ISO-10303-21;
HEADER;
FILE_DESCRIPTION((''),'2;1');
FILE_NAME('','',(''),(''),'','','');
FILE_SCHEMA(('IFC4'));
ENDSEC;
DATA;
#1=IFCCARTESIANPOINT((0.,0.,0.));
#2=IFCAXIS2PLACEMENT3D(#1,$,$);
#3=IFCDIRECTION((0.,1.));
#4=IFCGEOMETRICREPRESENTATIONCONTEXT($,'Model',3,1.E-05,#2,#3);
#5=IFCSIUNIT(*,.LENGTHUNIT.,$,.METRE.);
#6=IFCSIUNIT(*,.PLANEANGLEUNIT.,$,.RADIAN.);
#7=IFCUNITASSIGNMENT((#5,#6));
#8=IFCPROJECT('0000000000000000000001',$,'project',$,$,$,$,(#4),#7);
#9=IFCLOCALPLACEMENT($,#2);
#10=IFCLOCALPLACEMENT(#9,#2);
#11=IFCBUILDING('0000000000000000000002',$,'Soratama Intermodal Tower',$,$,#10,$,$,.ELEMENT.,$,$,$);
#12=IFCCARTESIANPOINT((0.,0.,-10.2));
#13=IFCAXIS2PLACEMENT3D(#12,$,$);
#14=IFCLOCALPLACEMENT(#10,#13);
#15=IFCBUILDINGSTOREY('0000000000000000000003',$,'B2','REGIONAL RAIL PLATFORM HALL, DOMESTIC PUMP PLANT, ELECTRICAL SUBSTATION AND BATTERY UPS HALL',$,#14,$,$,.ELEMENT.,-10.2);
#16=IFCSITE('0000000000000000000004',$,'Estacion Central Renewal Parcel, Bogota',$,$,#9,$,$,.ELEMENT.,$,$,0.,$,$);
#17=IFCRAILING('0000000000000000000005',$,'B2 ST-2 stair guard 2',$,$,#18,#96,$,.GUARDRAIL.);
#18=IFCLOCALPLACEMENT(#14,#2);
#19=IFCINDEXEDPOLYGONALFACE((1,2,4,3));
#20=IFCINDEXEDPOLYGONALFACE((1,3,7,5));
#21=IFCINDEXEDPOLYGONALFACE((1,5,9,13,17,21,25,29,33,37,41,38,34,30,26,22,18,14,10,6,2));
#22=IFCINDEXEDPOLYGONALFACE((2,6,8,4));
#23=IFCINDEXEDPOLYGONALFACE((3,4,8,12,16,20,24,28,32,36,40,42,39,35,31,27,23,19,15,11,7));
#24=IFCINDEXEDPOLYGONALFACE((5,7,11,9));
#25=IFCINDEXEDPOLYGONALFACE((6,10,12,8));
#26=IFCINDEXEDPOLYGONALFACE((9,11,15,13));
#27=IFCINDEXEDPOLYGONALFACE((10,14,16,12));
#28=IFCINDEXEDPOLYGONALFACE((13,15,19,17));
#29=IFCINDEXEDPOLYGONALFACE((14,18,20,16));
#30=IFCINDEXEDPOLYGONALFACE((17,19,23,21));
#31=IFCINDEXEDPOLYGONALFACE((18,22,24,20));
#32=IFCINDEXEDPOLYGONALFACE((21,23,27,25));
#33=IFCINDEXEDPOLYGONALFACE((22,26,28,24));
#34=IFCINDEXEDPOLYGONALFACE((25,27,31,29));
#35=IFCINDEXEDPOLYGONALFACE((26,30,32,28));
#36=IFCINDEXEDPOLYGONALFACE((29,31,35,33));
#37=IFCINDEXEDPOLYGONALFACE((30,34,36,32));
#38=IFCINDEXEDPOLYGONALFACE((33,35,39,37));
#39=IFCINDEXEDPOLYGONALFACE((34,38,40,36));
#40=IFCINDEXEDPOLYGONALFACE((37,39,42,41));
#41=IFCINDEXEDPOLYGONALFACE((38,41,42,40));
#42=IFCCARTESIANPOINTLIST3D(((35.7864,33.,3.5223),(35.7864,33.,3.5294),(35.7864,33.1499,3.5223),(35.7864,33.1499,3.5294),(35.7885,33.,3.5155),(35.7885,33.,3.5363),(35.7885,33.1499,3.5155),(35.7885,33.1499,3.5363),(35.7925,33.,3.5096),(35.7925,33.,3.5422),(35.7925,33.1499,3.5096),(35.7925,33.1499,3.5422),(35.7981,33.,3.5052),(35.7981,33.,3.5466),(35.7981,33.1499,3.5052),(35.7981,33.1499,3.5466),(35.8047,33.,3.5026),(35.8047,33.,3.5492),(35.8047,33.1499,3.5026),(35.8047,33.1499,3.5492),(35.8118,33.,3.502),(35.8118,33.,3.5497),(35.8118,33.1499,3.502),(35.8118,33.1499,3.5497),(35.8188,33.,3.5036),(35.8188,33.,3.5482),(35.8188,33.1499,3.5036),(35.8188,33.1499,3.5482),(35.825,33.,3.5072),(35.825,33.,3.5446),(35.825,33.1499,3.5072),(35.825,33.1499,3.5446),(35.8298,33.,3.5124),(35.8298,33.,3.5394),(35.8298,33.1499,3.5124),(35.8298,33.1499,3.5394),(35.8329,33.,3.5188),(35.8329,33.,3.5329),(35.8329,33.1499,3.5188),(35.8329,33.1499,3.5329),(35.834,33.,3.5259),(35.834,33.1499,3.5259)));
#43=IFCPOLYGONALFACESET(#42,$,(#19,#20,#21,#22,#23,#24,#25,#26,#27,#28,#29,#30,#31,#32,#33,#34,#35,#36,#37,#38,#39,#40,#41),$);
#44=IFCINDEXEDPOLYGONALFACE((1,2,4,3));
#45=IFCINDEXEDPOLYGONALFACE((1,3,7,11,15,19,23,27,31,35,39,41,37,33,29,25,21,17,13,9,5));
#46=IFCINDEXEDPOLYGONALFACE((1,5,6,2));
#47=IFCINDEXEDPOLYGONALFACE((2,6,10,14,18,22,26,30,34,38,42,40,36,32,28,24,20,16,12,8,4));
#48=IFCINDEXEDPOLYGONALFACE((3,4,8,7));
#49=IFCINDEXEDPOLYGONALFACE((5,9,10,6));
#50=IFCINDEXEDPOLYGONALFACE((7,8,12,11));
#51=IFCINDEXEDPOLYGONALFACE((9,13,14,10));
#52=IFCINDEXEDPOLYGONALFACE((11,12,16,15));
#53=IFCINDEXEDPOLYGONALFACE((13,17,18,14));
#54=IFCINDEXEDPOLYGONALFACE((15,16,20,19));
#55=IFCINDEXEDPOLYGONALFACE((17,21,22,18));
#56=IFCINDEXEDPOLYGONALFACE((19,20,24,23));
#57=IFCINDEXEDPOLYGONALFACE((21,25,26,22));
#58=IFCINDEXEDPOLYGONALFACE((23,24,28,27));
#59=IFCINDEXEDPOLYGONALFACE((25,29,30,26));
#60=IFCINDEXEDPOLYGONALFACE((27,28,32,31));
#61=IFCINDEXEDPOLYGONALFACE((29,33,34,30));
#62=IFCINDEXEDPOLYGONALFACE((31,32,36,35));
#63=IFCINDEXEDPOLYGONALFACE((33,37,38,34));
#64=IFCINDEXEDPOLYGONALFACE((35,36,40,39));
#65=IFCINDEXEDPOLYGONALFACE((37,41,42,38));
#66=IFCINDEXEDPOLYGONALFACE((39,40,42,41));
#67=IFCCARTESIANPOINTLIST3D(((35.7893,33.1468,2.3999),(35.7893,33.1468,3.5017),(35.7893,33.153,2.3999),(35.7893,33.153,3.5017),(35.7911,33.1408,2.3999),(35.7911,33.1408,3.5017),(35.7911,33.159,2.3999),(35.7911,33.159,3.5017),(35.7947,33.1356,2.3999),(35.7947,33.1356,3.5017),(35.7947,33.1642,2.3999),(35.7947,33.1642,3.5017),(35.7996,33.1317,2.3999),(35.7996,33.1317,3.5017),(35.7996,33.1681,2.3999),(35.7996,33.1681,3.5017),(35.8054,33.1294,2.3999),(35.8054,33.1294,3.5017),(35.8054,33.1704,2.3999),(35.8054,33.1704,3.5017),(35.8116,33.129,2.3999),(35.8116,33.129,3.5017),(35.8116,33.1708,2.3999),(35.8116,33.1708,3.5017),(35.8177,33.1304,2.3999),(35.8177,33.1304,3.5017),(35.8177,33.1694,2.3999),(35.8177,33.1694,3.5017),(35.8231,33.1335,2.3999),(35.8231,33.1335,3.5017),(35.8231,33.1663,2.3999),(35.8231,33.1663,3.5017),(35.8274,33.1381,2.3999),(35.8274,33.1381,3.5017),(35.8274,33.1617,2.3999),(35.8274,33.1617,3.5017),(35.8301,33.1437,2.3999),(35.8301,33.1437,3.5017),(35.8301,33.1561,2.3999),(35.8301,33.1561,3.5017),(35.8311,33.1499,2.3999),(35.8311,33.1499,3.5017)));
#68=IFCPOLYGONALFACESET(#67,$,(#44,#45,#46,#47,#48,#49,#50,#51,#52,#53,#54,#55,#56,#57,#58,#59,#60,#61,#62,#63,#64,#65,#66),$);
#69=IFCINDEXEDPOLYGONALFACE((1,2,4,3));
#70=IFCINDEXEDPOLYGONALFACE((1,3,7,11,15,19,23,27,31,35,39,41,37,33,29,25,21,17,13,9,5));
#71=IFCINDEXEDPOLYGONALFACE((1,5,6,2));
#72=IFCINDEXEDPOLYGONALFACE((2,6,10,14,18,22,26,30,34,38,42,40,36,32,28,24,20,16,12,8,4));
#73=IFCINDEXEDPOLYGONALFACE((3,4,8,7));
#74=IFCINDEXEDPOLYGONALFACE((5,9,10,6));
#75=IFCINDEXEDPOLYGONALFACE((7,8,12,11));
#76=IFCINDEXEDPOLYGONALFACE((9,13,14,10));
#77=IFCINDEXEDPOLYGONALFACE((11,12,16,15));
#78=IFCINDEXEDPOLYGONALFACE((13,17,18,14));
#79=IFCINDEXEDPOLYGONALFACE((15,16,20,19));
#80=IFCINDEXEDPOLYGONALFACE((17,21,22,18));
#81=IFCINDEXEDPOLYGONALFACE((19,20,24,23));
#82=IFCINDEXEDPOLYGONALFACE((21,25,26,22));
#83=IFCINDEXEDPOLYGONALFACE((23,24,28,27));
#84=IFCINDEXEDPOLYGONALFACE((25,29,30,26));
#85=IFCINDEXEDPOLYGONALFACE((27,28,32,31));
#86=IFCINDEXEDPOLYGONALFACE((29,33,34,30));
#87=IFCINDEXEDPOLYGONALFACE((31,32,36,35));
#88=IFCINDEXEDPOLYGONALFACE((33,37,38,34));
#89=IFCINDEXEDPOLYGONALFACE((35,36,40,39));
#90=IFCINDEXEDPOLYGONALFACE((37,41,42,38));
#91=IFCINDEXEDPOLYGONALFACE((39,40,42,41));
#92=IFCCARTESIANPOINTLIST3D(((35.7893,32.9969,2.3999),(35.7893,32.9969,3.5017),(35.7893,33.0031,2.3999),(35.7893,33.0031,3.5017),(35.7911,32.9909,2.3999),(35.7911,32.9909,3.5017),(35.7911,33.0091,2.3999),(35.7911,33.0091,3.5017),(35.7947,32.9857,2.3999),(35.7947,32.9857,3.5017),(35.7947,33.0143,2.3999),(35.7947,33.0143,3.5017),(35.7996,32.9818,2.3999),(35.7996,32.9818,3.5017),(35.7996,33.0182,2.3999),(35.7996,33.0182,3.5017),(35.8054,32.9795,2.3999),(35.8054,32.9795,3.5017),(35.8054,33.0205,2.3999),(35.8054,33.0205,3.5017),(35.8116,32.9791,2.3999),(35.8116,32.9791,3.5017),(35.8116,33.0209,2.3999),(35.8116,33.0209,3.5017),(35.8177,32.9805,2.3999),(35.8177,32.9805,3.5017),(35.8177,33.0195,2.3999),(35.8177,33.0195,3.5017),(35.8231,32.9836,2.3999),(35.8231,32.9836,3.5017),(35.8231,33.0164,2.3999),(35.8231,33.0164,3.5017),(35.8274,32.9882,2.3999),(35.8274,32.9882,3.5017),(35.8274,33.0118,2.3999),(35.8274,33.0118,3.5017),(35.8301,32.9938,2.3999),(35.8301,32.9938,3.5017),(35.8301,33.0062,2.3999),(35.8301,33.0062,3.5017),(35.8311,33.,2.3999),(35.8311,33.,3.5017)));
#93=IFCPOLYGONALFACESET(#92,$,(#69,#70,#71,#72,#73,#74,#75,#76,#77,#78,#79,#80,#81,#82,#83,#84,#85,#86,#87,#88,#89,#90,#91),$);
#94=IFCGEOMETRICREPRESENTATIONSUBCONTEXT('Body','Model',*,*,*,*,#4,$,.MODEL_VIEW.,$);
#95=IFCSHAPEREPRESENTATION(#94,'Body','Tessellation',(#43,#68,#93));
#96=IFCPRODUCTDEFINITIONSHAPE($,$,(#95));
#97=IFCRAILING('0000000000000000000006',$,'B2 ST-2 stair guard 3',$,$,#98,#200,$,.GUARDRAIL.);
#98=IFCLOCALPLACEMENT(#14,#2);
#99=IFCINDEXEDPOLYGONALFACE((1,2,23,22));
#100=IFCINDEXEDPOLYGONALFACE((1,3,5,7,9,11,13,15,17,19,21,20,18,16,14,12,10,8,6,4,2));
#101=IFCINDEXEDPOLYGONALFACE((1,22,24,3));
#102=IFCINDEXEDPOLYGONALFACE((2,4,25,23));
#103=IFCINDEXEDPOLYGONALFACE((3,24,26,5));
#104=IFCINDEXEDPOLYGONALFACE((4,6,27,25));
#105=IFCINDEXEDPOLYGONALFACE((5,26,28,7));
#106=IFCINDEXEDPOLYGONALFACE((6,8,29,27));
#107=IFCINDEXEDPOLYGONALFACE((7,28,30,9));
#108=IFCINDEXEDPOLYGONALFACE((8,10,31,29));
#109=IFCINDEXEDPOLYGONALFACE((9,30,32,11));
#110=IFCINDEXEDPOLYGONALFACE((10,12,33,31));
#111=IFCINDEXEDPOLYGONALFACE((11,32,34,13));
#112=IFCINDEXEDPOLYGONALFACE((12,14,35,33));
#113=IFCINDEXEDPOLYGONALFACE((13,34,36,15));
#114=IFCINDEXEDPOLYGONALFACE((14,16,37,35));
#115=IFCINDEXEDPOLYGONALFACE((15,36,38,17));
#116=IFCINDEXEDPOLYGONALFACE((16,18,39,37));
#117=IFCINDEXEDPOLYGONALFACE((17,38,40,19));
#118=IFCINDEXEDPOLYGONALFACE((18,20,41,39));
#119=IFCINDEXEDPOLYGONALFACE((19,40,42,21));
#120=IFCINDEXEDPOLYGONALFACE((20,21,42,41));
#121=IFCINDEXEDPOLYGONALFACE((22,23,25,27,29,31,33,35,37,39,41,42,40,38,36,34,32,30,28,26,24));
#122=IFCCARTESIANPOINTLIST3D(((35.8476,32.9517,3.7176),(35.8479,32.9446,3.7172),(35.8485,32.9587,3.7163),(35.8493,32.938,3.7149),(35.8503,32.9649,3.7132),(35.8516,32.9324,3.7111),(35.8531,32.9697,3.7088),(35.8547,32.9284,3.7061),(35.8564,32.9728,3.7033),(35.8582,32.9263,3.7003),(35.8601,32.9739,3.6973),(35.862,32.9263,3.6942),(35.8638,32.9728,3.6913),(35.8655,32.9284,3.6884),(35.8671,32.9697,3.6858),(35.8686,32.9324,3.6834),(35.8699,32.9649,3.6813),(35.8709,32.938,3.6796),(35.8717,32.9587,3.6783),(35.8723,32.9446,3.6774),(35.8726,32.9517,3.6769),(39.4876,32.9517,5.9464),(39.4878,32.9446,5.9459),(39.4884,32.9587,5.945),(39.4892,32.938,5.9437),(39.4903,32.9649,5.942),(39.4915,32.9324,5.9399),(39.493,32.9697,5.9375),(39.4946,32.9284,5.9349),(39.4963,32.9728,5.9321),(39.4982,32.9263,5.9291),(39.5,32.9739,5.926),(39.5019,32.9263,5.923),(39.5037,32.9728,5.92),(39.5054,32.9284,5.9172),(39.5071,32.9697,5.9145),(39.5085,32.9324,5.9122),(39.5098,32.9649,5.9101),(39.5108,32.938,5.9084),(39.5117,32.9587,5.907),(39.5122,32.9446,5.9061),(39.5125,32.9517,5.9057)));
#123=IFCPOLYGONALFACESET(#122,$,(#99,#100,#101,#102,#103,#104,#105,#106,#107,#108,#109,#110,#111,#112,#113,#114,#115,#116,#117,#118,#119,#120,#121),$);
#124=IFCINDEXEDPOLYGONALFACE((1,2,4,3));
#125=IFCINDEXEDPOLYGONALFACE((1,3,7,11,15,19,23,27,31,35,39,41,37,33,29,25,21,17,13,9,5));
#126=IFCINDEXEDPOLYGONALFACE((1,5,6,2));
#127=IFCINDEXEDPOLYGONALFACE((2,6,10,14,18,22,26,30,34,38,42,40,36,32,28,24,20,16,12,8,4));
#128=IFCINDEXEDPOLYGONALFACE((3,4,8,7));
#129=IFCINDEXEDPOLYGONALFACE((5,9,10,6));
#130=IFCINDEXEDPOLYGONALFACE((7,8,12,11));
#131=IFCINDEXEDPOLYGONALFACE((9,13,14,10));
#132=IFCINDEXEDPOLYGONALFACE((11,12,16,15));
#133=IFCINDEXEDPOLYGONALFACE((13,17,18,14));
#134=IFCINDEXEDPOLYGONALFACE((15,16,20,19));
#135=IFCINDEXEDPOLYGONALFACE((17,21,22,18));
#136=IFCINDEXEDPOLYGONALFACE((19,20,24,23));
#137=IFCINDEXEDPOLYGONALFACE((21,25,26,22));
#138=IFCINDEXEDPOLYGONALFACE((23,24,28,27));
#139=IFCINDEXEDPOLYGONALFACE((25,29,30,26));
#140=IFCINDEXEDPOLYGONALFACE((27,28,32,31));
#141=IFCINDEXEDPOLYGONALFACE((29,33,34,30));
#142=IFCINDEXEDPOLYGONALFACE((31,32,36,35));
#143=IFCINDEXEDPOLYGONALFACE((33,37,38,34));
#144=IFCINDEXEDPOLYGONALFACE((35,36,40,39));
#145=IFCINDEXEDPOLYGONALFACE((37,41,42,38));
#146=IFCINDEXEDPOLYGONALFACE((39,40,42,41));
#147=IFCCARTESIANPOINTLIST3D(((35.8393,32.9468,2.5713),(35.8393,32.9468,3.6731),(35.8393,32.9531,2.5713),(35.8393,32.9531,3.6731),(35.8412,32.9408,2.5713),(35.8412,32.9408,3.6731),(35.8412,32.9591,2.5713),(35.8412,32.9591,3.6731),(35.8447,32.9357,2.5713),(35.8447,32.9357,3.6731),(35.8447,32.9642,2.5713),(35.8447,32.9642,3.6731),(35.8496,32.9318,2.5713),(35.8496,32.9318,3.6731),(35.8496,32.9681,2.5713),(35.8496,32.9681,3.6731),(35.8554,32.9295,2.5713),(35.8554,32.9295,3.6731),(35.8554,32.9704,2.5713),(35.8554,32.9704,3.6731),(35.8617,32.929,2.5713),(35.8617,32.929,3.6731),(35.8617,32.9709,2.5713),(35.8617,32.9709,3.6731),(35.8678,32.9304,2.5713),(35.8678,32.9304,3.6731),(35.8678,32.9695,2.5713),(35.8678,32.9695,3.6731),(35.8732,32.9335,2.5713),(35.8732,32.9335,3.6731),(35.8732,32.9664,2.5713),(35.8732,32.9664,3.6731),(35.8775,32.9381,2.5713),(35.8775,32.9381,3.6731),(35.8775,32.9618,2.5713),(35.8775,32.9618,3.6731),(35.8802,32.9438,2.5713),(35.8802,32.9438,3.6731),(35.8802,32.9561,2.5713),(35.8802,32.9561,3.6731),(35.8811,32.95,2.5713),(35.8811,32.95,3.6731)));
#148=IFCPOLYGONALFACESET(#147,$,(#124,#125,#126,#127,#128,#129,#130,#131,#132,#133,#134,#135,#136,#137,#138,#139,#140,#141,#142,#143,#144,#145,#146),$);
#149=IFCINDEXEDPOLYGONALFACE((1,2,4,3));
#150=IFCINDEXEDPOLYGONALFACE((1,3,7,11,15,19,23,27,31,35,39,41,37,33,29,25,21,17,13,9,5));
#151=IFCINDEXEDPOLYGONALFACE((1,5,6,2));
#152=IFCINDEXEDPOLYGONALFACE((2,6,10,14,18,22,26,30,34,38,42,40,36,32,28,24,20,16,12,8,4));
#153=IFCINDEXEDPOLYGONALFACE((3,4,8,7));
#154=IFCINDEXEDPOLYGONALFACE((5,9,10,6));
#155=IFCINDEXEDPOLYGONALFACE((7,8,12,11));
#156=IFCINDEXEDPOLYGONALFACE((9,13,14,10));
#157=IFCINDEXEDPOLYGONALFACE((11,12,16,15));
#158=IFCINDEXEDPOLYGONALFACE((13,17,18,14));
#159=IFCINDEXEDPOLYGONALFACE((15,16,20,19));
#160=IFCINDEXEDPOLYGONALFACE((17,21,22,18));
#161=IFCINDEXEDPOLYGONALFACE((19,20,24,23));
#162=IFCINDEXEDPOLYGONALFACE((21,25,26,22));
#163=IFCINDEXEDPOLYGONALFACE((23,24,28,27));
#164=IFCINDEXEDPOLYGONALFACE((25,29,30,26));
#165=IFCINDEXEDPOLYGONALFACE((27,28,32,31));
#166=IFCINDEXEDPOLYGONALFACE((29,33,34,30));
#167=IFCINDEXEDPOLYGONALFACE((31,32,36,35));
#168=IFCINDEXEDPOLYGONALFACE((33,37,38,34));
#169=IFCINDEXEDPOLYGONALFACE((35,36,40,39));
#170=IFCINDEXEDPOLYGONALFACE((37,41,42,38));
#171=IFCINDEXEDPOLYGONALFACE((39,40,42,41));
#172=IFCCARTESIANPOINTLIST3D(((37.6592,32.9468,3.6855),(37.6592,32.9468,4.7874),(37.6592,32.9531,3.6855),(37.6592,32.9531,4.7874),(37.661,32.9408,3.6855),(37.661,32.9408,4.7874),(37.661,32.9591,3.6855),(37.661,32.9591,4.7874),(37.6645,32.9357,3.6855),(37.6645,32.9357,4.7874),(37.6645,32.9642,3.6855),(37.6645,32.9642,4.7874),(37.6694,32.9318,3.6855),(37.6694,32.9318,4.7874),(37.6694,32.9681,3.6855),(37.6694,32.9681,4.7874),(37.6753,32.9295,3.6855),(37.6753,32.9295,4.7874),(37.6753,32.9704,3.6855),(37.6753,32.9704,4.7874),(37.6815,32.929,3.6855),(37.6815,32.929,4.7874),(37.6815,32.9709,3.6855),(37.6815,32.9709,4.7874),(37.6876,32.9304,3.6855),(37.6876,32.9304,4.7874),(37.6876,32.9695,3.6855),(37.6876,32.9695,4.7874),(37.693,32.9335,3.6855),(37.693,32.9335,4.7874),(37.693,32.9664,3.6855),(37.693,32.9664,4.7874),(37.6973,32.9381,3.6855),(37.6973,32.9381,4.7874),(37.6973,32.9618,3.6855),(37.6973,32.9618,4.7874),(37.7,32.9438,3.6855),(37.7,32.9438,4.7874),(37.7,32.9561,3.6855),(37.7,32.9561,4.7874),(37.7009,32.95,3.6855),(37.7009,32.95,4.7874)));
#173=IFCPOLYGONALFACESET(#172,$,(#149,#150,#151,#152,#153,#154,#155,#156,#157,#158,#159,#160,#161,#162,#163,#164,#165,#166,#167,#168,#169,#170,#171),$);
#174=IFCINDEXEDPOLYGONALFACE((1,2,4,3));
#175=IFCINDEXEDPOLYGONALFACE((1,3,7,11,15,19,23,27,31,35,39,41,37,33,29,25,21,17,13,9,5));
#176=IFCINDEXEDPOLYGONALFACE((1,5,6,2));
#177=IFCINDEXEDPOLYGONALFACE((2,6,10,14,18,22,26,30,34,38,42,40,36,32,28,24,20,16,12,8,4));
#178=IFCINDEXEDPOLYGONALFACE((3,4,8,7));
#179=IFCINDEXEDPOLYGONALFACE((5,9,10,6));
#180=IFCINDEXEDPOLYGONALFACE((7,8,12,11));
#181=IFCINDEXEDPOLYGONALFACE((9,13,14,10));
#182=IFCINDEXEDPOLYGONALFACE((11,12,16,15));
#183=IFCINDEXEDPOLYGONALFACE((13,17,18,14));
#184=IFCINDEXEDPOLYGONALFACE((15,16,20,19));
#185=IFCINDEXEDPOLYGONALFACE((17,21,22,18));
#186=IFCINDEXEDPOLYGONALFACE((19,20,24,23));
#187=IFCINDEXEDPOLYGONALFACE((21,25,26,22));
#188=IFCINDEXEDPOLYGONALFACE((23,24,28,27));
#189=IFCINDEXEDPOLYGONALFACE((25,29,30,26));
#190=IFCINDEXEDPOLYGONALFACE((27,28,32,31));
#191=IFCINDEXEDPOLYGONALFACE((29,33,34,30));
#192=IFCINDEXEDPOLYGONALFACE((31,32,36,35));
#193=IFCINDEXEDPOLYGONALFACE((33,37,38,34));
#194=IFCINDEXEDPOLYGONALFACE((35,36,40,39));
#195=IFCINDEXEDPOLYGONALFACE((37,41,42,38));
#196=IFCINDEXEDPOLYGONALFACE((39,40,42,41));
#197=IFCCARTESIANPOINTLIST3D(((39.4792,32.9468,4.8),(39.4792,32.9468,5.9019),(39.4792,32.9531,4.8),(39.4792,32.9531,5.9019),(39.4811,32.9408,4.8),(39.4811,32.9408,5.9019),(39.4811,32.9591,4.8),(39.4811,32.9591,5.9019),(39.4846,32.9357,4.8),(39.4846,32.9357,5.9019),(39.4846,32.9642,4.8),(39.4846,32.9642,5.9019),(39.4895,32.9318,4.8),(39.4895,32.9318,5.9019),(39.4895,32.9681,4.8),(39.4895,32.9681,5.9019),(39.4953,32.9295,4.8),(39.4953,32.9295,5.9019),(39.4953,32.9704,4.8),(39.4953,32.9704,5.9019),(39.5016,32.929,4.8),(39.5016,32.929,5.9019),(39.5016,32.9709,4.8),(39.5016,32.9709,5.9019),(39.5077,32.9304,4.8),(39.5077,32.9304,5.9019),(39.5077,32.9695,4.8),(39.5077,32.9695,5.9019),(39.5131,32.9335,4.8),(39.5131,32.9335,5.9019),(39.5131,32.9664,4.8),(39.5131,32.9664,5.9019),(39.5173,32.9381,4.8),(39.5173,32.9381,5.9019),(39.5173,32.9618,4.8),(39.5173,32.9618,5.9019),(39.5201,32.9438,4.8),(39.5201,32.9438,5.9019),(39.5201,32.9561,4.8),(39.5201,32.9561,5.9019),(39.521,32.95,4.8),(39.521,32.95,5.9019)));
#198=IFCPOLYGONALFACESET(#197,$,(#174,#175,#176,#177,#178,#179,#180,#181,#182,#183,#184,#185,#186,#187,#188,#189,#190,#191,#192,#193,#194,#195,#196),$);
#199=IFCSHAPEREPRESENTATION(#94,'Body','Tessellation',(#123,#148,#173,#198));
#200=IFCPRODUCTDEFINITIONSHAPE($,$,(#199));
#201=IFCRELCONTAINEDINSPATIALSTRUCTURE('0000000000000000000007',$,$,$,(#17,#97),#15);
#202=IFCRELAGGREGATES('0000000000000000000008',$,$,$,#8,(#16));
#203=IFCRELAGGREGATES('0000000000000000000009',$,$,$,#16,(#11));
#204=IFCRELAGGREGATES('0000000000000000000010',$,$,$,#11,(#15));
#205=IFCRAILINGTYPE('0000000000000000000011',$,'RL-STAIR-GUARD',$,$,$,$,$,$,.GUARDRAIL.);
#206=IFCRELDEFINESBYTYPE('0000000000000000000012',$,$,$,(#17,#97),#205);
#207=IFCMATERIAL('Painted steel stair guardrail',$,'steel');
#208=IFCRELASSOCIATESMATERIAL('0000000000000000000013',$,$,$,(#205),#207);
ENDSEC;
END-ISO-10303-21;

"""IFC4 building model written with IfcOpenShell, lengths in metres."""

from ifc_helpers import new_model, si_unit, direction, frame, origin, origin_2d, place, context, subcontext, project, spatial, circle, extrude, material, type_object, element, save


model = new_model("IFC4")

# Units and contexts
model_context = context("Model", 3, precision=1e-05, world=origin(), true_north=direction((0.0, 1.0)))
body_context = subcontext(model_context, "Body", "Model", "MODEL_VIEW")
ifc_project = project(units=[si_unit("LENGTHUNIT", "METRE"), si_unit("PLANEANGLEUNIT", "RADIAN")], contexts=[model_context])

# Site, building, storey
site_placement = place(None, origin())
site = spatial("IfcSite", under=ifc_project, at=site_placement, Name="Estacion Central Renewal Parcel, Bogota", CompositionType="ELEMENT", RefElevation=0.0)
building_placement = place(site_placement, origin())
building = spatial("IfcBuilding", under=site, at=building_placement, Name="Soratama Intermodal Tower", CompositionType="ELEMENT")
storey_placement = place(building_placement, frame((0.0, 0.0, -10.2)))
storey = spatial("IfcBuildingStorey", under=building, at=storey_placement, Name="B2", Description="REGIONAL RAIL PLATFORM HALL, DOMESTIC PUMP PLANT, ELECTRICAL SUBSTATION AND BATTERY UPS HALL", CompositionType="ELEMENT", Elevation=-10.2)

# Railings
ifc_material_1 = material(Name="Painted steel stair guardrail", Category="steel")
railing_type = type_object("IfcRailingType", Name="RL-STAIR-GUARD", PredefinedType="GUARDRAIL", material=ifc_material_1)
railing_1_placement = place(storey_placement, frame((35.8101, 33.1499, 2.3999)))
element("IfcRailing", 1, at=railing_1_placement, inside=storey, type_object=railing_type, Name="B2 ST-2 stair guard 2", PredefinedType="GUARDRAIL", context=body_context, shape_type="SweptSolid", body=[
    extrude(circle(Radius=0.0239, at=origin_2d()), frame((0.0, 0.0, 1.126), z_axis=(0.0, -1.0, 0.0), x_axis=(1.0, 0.0, 0.0)), (0.0, 0.0, 1.0), 0.1499),
    extrude(circle(Radius=0.021, at=origin_2d()), origin(), (0.0, 0.0, 1.0), 1.1018),
    extrude(circle(Radius=0.021, at=origin_2d()), frame((0.0, -0.1499, 0.0)), (0.0, 0.0, 1.0), 1.1018),
])
railing_2_placement = place(storey_placement, frame((35.8601, 32.95, 2.5713)))
element("IfcRailing", 2, at=railing_2_placement, inside=storey, type_object=railing_type, Name="B2 ST-2 stair guard 3", PredefinedType="GUARDRAIL", context=body_context, shape_type="SweptSolid", body=[
    extrude(circle(Radius=0.0239, at=origin_2d()), frame((0.0, 0.0, 1.126), z_axis=(0.852825, 0.0, 0.522197), x_axis=(0.0, 1.0, 0.0)), (0.0, 0.0, 1.0), 4.2681),
    extrude(circle(Radius=0.021, at=origin_2d()), origin(), (0.0, 0.0, 1.0), 1.1018),
    extrude(circle(Radius=0.021, at=origin_2d()), frame((1.8198, 0.0, 1.1143)), (0.0, 0.0, 1.0), 1.1018),
    extrude(circle(Radius=0.021, at=origin_2d()), frame((3.6399, 0.0, 2.2288)), (0.0, 0.0, 1.0), 1.1018),
])

save(model, "model.ifc")
